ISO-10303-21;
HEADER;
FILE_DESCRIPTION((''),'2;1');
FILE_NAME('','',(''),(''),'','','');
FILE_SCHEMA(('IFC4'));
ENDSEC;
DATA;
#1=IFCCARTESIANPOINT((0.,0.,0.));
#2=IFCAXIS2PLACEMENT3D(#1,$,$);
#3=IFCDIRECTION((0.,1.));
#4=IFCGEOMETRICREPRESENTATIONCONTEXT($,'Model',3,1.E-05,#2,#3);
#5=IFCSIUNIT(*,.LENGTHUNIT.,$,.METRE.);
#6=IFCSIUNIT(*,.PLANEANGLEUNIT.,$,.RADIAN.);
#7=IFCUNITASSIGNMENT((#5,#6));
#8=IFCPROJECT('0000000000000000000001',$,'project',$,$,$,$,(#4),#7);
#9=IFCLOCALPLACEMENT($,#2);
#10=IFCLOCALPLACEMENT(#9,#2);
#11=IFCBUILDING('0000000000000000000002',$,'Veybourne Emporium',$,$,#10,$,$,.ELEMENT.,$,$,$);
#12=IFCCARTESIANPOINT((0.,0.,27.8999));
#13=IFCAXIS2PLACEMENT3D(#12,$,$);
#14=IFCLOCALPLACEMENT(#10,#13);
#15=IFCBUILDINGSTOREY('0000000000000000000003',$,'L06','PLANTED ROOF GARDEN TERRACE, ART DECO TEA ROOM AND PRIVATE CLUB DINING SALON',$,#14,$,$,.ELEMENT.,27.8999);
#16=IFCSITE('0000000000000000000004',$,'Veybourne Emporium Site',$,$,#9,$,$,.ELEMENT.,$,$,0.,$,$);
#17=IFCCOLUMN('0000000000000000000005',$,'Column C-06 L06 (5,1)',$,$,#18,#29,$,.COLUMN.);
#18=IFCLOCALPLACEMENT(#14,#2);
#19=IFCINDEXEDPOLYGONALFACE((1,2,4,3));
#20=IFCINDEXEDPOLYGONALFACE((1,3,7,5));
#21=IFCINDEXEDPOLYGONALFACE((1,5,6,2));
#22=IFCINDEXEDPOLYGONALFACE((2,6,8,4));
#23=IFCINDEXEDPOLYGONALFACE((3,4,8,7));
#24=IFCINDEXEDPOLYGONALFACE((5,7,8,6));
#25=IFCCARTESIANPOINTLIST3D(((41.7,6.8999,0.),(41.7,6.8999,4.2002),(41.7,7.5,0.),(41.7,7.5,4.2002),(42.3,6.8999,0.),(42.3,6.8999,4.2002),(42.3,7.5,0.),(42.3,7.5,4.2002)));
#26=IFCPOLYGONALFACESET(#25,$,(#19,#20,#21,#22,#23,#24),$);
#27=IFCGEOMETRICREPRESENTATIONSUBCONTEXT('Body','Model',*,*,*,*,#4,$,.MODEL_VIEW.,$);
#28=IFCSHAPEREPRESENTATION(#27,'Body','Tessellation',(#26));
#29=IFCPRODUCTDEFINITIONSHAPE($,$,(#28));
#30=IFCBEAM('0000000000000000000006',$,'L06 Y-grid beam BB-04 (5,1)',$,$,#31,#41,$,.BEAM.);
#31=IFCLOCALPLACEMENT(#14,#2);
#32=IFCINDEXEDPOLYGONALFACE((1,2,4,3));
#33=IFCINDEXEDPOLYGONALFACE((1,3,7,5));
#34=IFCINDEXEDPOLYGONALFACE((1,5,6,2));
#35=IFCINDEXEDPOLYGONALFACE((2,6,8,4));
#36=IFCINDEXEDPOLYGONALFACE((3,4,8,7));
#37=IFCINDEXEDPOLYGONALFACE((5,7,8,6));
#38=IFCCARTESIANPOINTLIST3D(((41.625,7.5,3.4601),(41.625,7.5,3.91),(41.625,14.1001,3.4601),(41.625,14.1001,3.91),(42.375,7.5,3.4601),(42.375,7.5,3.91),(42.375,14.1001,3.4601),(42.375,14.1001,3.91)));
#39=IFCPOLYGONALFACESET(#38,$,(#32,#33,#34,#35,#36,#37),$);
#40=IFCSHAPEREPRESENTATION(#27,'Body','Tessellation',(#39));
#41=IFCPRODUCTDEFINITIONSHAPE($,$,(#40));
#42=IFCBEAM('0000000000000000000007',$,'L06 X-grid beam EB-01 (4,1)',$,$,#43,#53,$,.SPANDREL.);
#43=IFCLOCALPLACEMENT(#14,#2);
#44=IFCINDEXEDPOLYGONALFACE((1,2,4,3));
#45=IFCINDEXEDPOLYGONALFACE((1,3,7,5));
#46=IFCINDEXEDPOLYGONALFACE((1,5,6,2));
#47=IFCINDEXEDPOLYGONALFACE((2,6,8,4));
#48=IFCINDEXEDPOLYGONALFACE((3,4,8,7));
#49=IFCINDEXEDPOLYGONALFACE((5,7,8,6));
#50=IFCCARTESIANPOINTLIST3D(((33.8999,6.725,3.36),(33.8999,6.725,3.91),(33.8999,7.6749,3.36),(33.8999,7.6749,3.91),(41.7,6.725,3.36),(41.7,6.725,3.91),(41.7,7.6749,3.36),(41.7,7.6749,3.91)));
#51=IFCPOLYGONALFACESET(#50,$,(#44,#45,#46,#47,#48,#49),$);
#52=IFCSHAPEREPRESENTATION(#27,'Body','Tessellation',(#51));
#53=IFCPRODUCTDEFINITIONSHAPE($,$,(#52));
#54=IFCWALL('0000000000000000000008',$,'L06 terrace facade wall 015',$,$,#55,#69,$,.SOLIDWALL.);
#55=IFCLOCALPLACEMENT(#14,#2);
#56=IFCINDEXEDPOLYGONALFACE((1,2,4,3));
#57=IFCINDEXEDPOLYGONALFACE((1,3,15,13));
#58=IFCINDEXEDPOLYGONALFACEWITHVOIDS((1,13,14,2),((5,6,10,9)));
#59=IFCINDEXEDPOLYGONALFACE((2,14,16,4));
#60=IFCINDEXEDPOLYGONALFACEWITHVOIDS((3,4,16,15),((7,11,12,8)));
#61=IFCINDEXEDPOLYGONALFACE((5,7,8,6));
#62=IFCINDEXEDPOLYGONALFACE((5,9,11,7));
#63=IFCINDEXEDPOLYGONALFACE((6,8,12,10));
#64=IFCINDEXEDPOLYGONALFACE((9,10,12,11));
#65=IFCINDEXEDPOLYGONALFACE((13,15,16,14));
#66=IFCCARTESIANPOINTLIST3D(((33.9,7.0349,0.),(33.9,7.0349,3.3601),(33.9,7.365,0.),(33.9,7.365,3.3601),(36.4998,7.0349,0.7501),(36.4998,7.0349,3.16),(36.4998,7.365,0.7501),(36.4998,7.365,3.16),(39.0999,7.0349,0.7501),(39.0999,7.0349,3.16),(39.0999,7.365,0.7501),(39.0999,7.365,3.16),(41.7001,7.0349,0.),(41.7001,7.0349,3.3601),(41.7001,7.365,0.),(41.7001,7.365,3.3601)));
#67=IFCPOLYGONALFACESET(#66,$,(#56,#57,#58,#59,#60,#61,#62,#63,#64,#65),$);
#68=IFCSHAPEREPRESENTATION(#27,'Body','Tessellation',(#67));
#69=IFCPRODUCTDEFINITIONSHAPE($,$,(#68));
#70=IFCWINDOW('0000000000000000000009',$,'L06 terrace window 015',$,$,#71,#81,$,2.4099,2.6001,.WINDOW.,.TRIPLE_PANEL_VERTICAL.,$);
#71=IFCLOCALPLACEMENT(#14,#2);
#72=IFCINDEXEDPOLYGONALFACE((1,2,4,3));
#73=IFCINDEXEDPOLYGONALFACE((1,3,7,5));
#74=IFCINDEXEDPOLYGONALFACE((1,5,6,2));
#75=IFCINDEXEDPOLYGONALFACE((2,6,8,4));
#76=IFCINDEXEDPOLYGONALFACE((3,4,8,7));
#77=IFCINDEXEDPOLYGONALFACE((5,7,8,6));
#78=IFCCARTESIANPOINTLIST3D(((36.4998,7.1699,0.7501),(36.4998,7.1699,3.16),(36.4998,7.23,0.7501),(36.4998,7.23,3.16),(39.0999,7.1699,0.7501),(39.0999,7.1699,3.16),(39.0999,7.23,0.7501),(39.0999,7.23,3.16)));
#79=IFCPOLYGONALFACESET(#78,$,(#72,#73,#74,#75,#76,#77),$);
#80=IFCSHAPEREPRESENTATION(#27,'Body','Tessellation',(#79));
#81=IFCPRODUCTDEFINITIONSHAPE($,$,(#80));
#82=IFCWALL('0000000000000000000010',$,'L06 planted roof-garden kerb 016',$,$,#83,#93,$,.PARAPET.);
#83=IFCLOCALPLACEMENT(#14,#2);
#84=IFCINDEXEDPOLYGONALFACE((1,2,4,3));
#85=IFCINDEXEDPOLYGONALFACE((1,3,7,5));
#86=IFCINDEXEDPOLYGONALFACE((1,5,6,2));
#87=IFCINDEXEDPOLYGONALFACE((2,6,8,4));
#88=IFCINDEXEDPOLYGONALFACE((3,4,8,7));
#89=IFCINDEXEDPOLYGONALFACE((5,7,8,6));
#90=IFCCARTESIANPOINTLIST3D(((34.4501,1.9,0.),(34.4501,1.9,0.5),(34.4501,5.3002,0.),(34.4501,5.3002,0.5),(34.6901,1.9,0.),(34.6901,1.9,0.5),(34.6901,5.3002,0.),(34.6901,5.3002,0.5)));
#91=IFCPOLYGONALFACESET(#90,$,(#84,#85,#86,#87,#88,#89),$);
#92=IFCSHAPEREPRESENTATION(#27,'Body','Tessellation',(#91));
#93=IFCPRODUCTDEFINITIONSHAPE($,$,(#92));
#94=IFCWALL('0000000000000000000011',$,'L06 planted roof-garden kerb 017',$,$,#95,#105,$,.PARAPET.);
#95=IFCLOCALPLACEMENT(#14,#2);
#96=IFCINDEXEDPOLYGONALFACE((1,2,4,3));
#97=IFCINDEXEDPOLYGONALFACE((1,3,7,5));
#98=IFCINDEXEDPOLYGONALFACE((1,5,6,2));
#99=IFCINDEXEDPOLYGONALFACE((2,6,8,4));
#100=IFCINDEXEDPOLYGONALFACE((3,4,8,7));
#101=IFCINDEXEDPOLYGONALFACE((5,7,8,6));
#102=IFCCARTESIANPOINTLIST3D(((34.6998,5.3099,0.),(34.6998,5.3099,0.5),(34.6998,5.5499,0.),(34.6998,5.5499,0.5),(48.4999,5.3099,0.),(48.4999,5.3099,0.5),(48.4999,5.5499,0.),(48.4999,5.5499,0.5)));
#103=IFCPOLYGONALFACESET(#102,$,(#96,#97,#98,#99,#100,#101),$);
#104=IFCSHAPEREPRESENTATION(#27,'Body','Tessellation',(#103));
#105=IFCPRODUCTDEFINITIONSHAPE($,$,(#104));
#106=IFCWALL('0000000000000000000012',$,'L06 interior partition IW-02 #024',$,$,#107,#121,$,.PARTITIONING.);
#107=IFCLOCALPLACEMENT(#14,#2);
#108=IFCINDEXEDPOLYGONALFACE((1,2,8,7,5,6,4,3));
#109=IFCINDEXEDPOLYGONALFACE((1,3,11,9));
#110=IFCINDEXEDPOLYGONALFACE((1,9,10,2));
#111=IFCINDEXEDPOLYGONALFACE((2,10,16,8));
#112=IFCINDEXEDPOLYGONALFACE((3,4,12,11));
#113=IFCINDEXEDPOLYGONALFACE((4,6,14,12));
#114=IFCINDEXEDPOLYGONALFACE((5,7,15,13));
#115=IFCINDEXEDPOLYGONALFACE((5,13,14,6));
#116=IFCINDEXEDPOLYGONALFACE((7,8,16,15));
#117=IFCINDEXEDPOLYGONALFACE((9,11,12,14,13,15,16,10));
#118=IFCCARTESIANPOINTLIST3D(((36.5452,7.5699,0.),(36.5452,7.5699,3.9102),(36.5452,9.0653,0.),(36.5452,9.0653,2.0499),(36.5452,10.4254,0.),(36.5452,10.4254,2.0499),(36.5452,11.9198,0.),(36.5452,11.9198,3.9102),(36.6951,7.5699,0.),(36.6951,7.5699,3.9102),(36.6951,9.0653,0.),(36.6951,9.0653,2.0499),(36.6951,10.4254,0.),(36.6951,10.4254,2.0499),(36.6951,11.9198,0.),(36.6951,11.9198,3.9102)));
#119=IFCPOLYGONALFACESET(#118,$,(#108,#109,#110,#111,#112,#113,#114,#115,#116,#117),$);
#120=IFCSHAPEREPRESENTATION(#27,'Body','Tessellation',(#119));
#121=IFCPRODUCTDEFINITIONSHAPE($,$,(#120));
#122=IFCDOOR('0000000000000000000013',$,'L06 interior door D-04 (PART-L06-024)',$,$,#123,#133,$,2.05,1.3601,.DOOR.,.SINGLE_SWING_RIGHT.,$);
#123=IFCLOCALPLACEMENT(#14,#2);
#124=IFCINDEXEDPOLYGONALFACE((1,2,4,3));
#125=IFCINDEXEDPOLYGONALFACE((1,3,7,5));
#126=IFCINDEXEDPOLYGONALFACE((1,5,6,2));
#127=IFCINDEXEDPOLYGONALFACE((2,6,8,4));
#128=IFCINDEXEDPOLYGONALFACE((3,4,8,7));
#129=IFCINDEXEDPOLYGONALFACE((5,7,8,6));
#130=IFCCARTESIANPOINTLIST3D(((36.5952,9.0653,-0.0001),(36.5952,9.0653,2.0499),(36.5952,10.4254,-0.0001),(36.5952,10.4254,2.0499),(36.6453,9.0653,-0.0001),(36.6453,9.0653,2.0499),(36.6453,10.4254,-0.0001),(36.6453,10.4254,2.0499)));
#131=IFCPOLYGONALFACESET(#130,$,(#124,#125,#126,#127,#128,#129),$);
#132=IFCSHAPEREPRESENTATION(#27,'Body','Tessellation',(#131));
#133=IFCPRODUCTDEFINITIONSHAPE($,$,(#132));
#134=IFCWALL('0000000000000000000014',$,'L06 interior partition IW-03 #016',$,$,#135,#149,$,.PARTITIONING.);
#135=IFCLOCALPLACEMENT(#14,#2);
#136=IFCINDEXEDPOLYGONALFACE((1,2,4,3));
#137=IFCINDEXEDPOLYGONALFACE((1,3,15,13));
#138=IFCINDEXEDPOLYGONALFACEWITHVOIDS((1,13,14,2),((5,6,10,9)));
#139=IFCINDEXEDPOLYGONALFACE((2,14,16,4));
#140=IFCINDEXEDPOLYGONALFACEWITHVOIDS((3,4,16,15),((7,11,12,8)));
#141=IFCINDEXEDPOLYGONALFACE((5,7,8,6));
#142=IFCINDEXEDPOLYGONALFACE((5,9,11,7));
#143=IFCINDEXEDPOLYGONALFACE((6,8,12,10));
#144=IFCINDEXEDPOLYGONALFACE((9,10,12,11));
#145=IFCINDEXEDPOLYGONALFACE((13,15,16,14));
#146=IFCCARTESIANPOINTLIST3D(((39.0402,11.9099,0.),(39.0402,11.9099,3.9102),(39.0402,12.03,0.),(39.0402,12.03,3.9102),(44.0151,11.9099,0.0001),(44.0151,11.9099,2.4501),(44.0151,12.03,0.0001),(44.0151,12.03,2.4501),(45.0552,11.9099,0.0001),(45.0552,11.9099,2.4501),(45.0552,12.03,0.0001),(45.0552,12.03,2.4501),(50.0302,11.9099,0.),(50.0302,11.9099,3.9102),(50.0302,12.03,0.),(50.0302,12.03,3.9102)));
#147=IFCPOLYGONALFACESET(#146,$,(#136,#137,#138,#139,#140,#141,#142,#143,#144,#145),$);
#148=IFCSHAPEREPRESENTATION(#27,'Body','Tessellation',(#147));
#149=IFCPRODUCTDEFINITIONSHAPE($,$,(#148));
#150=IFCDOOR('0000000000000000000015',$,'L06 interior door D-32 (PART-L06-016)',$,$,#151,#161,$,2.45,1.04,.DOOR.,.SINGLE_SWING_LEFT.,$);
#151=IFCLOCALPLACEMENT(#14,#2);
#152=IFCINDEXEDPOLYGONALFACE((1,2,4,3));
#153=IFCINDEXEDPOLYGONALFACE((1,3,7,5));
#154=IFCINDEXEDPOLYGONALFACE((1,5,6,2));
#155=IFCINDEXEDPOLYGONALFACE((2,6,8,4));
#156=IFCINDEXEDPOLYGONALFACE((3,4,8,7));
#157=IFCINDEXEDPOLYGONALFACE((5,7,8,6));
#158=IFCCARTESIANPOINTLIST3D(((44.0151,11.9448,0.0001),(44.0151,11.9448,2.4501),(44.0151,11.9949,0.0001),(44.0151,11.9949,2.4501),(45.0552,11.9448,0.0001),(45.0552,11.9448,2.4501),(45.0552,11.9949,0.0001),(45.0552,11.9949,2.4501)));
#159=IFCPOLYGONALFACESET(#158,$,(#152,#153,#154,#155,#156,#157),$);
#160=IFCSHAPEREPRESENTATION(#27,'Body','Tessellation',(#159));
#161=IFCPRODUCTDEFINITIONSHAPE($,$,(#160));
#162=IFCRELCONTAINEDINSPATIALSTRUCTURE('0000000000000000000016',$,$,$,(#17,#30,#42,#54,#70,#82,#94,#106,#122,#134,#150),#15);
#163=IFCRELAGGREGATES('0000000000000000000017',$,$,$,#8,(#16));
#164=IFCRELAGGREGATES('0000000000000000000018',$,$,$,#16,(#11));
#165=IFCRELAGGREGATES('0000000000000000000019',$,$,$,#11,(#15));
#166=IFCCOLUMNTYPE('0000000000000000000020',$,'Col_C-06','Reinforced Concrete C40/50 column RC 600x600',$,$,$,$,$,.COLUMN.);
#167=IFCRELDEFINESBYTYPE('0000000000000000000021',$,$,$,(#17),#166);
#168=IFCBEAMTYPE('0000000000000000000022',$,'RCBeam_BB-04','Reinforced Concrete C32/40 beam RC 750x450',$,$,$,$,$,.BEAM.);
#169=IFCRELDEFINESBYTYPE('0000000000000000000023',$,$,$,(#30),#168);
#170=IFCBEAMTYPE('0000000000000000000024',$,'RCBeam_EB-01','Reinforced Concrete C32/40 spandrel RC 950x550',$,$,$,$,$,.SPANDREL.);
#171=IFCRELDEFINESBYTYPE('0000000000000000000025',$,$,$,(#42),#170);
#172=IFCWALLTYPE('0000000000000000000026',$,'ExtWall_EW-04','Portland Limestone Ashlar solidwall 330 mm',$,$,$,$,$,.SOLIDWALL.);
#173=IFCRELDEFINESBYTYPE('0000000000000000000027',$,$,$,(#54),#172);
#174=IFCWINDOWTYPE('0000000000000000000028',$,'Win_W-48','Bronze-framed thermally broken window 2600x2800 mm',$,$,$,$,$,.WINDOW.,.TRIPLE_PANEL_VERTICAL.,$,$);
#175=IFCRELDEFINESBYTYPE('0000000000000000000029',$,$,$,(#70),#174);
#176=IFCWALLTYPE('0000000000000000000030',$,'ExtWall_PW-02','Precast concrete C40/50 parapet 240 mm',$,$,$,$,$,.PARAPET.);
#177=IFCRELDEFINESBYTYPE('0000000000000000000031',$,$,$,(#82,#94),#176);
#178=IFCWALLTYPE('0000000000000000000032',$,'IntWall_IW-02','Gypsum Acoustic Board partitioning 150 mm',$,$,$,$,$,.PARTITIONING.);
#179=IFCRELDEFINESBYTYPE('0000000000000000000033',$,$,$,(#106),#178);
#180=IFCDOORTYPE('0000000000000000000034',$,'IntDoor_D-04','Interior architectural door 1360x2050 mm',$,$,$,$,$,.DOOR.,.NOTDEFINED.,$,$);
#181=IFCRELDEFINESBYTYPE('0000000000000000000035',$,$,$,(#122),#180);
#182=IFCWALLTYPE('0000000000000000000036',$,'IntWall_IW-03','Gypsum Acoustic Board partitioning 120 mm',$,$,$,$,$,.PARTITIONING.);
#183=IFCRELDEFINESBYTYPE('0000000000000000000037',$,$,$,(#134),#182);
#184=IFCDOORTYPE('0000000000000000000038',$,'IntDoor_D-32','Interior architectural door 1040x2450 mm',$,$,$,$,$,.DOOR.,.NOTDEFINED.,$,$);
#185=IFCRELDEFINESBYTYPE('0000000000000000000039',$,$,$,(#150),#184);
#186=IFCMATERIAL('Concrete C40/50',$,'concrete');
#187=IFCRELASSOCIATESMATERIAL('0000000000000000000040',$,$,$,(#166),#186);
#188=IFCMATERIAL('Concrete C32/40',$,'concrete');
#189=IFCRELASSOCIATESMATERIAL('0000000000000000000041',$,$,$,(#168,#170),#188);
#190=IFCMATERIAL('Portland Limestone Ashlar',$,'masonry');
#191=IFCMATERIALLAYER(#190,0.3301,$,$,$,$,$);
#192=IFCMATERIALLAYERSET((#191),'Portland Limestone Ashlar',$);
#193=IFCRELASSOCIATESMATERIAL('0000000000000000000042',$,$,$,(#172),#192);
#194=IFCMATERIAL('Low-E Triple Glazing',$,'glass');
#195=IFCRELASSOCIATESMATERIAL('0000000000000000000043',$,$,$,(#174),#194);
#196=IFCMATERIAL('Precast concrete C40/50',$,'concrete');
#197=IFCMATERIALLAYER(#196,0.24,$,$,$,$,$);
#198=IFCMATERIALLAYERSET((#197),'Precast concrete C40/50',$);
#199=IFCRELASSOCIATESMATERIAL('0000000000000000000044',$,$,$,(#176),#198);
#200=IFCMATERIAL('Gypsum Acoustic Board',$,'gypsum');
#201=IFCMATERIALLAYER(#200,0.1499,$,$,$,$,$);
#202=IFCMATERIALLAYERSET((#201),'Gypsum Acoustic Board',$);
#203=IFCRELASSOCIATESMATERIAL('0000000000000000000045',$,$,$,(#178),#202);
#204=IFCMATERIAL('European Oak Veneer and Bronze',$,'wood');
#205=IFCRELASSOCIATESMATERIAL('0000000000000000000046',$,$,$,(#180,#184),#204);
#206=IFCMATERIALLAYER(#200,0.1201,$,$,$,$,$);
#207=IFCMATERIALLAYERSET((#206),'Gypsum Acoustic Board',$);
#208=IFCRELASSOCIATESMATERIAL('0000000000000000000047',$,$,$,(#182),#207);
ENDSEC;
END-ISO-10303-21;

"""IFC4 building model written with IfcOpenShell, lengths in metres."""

from ifc_helpers import new_model, si_unit, direction, frame, frame_2d, origin, origin_2d, place, context, subcontext, project, spatial, rectangle, extrude, material, layer, layer_set, material_profile, profile_set, type_object, element, fill, save


model = new_model("IFC4")

# Units and contexts
model_context = context("Model", 3, precision=1e-05, world=origin(), true_north=direction((0.0, 1.0)))
body_context = subcontext(model_context, "Body", "Model", "MODEL_VIEW")
ifc_project = project(units=[si_unit("LENGTHUNIT", "METRE"), si_unit("PLANEANGLEUNIT", "RADIAN")], contexts=[model_context])

# Site, building, storey
site_placement = place(None, origin())
site = spatial("IfcSite", under=ifc_project, at=site_placement, Name="Veybourne Emporium Site", CompositionType="ELEMENT", RefElevation=0.0)
building_placement = place(site_placement, origin())
building = spatial("IfcBuilding", under=site, at=building_placement, Name="Veybourne Emporium", CompositionType="ELEMENT")
storey_placement = place(building_placement, frame((0.0, 0.0, 27.8999)))
storey = spatial("IfcBuildingStorey", under=building, at=storey_placement, Name="L06", Description="PLANTED ROOF GARDEN TERRACE, ART DECO TEA ROOM AND PRIVATE CLUB DINING SALON", CompositionType="ELEMENT", Elevation=27.8999)

# Column
ifc_material_1 = material(Name="Concrete C40/50", Category="concrete")
ifc_material_profile_1 = material_profile(ifc_material_1, rectangle(XDim=0.6001, YDim=0.6001, at=origin_2d()), Name="RC 600x600")
ifc_profile_set_1 = profile_set([ifc_material_profile_1], Name="Concrete C40/50")
column_type = type_object("IfcColumnType", Name="Col_C-06", Description="Reinforced Concrete C40/50 column RC 600x600", PredefinedType="COLUMN", material=ifc_profile_set_1)
column_placement = place(storey_placement, frame((42.0, 7.2, 0.0), z_axis=(0.0, 0.0, 1.0), x_axis=(1.0, 0.0, 0.0)))
element("IfcColumn", 1, at=column_placement, inside=storey, type_object=column_type, Name="Column C-06 L06 (5,1)", PredefinedType="COLUMN", context=body_context, shape_type="SweptSolid", body=[
    extrude(rectangle(XDim=0.6001, YDim=0.6001, at=origin_2d()), origin(), (0.0, 0.0, 1.0), 4.2002),
])

# Beams
ifc_material_2 = material(Name="Concrete C32/40", Category="concrete")
ifc_material_profile_2 = material_profile(ifc_material_2, rectangle(XDim=0.75, YDim=0.45, at=origin_2d()), Name="RC 750x450")
ifc_profile_set_2 = profile_set([ifc_material_profile_2], Name="Concrete C32/40")
beam_type_1 = type_object("IfcBeamType", Name="RCBeam_BB-04", Description="Reinforced Concrete C32/40 beam RC 750x450", PredefinedType="BEAM", material=ifc_profile_set_2)
beam_1_placement = place(storey_placement, frame((42.0, 7.5, 3.6851), z_axis=(0.0, 1.0, 0.0), x_axis=(-1.0, 0.0, 0.0)))
element("IfcBeam", 2, at=beam_1_placement, inside=storey, type_object=beam_type_1, Name="L06 Y-grid beam BB-04 (5,1)", PredefinedType="BEAM", context=body_context, shape_type="SweptSolid", body=[
    extrude(rectangle(XDim=0.75, YDim=0.45, at=origin_2d()), origin(), (0.0, 0.0, 1.0), 6.6001),
])
ifc_material_profile_3 = material_profile(ifc_material_2, rectangle(XDim=0.95, YDim=0.55, at=origin_2d()), Name="RC 950x550")
ifc_profile_set_3 = profile_set([ifc_material_profile_3], Name="Concrete C32/40")
beam_type_2 = type_object("IfcBeamType", Name="RCBeam_EB-01", Description="Reinforced Concrete C32/40 spandrel RC 950x550", PredefinedType="SPANDREL", material=ifc_profile_set_3)
beam_2_placement = place(storey_placement, frame((33.8999, 7.2, 3.635), z_axis=(1.0, 0.0, 0.0), x_axis=(0.0, 1.0, 0.0)))
element("IfcBeam", 3, at=beam_2_placement, inside=storey, type_object=beam_type_2, Name="L06 X-grid beam EB-01 (4,1)", PredefinedType="SPANDREL", context=body_context, shape_type="SweptSolid", body=[
    extrude(rectangle(XDim=0.95, YDim=0.55, at=origin_2d()), origin(), (0.0, 0.0, 1.0), 7.8),
])

# Wall, opening, window
ifc_material_3 = material(Name="Portland Limestone Ashlar", Category="masonry")
ifc_layer_1 = layer(ifc_material_3, 0.3301)
ifc_layer_set_1 = layer_set([ifc_layer_1], Name="Portland Limestone Ashlar")
wall_type_1 = type_object("IfcWallType", Name="ExtWall_EW-04", Description="Portland Limestone Ashlar solidwall 330 mm", PredefinedType="SOLIDWALL", material=ifc_layer_set_1)
wall_1_placement = place(storey_placement, frame((41.7, 7.2, 0.0), z_axis=(0.0, 0.0, 1.0), x_axis=(-1.0, 0.0, 0.0)))
wall_1 = element("IfcWall", 4, at=wall_1_placement, inside=storey, type_object=wall_type_1, Name="L06 terrace facade wall 015", PredefinedType="SOLIDWALL", context=body_context, shape_type="SweptSolid", body=[
    extrude(rectangle(XDim=7.8, YDim=0.3301, at=frame_2d((3.8999, 0.0))), origin(), (0.0, 0.0, 1.0), 3.3601),
])
opening_1_placement = place(wall_1_placement, frame((2.6001, 0.0, 0.75)))
opening_1 = element("IfcOpeningElement", 5, at=opening_1_placement, cuts=wall_1, PredefinedType="OPENING", context=body_context, shape_type="SweptSolid", body=[
    extrude(rectangle(XDim=2.6001, YDim=2.4099, at=frame_2d((1.3, 1.2051))), frame((0.0, 0.1851, 0.0), z_axis=(0.0, -1.0, 0.0), x_axis=(1.0, 0.0, 0.0)), (0.0, 0.0, 1.0), 0.3701),
])
ifc_material_4 = material(Name="Low-E Triple Glazing", Category="glass")
window_type = type_object("IfcWindowType", Name="Win_W-48", Description="Bronze-framed thermally broken window 2600x2800 mm", PartitioningType="TRIPLE_PANEL_VERTICAL", PredefinedType="WINDOW", material=ifc_material_4)
window_placement = place(opening_1_placement, origin())
window = element("IfcWindow", 6, at=window_placement, inside=storey, type_object=window_type, Name="L06 terrace window 015", OverallHeight=2.4099, OverallWidth=2.6001, PartitioningType="TRIPLE_PANEL_VERTICAL", PredefinedType="WINDOW", context=body_context, shape_type="SweptSolid", body=[
    extrude(rectangle(XDim=2.6001, YDim=2.4099, at=frame_2d((1.3, 1.2051))), frame((0.0, 0.03, 0.0), z_axis=(0.0, -1.0, 0.0), x_axis=(1.0, 0.0, 0.0)), (0.0, 0.0, 1.0), 0.0601),
])
fill(opening_1, window)

# Walls
ifc_material_5 = material(Name="Precast concrete C40/50", Category="concrete")
ifc_layer_2 = layer(ifc_material_5, 0.24)
ifc_layer_set_2 = layer_set([ifc_layer_2], Name="Precast concrete C40/50")
wall_type_2 = type_object("IfcWallType", Name="ExtWall_PW-02", Description="Precast concrete C40/50 parapet 240 mm", PredefinedType="PARAPET", material=ifc_layer_set_2)
wall_2_placement = place(storey_placement, frame((34.5701, 1.8999, 0.0), z_axis=(0.0, 0.0, 1.0), x_axis=(0.0, 1.0, 0.0)))
element("IfcWall", 7, at=wall_2_placement, inside=storey, type_object=wall_type_2, Name="L06 planted roof-garden kerb 016", PredefinedType="PARAPET", context=body_context, shape_type="SweptSolid", body=[
    extrude(rectangle(XDim=3.4001, YDim=0.24, at=frame_2d((1.7002, 0.0))), origin(), (0.0, 0.0, 1.0), 0.5),
])
wall_3_placement = place(storey_placement, frame((34.7, 5.4299, 0.0), z_axis=(0.0, 0.0, 1.0), x_axis=(1.0, 0.0, 0.0)))
element("IfcWall", 8, at=wall_3_placement, inside=storey, type_object=wall_type_2, Name="L06 planted roof-garden kerb 017", PredefinedType="PARAPET", context=body_context, shape_type="SweptSolid", body=[
    extrude(rectangle(XDim=13.8, YDim=0.24, at=frame_2d((6.8999, 0.0))), origin(), (0.0, 0.0, 1.0), 0.5),
])

# Walls, openings, doors
ifc_material_6 = material(Name="Gypsum Acoustic Board", Category="gypsum")
ifc_layer_3 = layer(ifc_material_6, 0.1499)
ifc_layer_set_3 = layer_set([ifc_layer_3], Name="Gypsum Acoustic Board")
wall_type_3 = type_object("IfcWallType", Name="IntWall_IW-02", Description="Gypsum Acoustic Board partitioning 150 mm", PredefinedType="PARTITIONING", material=ifc_layer_set_3)
wall_4_placement = place(storey_placement, frame((36.6201, 7.5701, 0.0), z_axis=(0.0, 0.0, 1.0), x_axis=(0.0, 1.0, 0.0)))
wall_4 = element("IfcWall", 9, at=wall_4_placement, inside=storey, type_object=wall_type_3, Name="L06 interior partition IW-02 #024", PredefinedType="PARTITIONING", context=body_context, shape_type="SweptSolid", body=[
    extrude(rectangle(XDim=4.3499, YDim=0.1499, at=frame_2d((2.1748, 0.0))), origin(), (0.0, 0.0, 1.0), 3.9102),
])
opening_2_placement = place(wall_4_placement, frame((1.4951, 0.0, 0.0)))
opening_2 = element("IfcOpeningElement", 10, at=opening_2_placement, cuts=wall_4, PredefinedType="OPENING", context=body_context, shape_type="SweptSolid", body=[
    extrude(rectangle(XDim=1.3601, YDim=2.05, at=frame_2d((0.6802, 1.0249))), frame((0.0, 0.095, 0.0), z_axis=(0.0, -1.0, 0.0), x_axis=(1.0, 0.0, 0.0)), (0.0, 0.0, 1.0), 0.1899),
])
ifc_material_7 = material(Name="European Oak Veneer and Bronze", Category="wood")
door_type_1 = type_object("IfcDoorType", Name="IntDoor_D-04", Description="Interior architectural door 1360x2050 mm", OperationType="NOTDEFINED", PredefinedType="DOOR", material=ifc_material_7)
door_1_placement = place(opening_2_placement, origin())
door_1 = element("IfcDoor", 11, at=door_1_placement, inside=storey, type_object=door_type_1, Name="L06 interior door D-04 (PART-L06-024)", OperationType="SINGLE_SWING_RIGHT", OverallHeight=2.05, OverallWidth=1.3601, PredefinedType="DOOR", context=body_context, shape_type="SweptSolid", body=[
    extrude(rectangle(XDim=1.3601, YDim=2.05, at=frame_2d((0.6802, 1.0249))), frame((0.0, 0.0249, 0.0), z_axis=(0.0, -1.0, 0.0), x_axis=(1.0, 0.0, 0.0)), (0.0, 0.0, 1.0), 0.05),
])
fill(opening_2, door_1)
ifc_layer_4 = layer(ifc_material_6, 0.1201)
ifc_layer_set_4 = layer_set([ifc_layer_4], Name="Gypsum Acoustic Board")
wall_type_4 = type_object("IfcWallType", Name="IntWall_IW-03", Description="Gypsum Acoustic Board partitioning 120 mm", PredefinedType="PARTITIONING", material=ifc_layer_set_4)
wall_5_placement = place(storey_placement, frame((39.04, 11.97, 0.0), z_axis=(0.0, 0.0, 1.0), x_axis=(1.0, 0.0, 0.0)))
wall_5 = element("IfcWall", 12, at=wall_5_placement, inside=storey, type_object=wall_type_4, Name="L06 interior partition IW-03 #016", PredefinedType="PARTITIONING", context=body_context, shape_type="SweptSolid", body=[
    extrude(rectangle(XDim=10.99, YDim=0.1201, at=frame_2d((5.4951, 0.0))), origin(), (0.0, 0.0, 1.0), 3.9102),
])
opening_3_placement = place(wall_5_placement, frame((4.9751, 0.0, 0.0)))
opening_3 = element("IfcOpeningElement", 13, at=opening_3_placement, cuts=wall_5, PredefinedType="OPENING", context=body_context, shape_type="SweptSolid", body=[
    extrude(rectangle(XDim=1.04, YDim=2.45, at=frame_2d((0.52, 1.2251))), frame((0.0, 0.0801, 0.0), z_axis=(0.0, -1.0, 0.0), x_axis=(1.0, 0.0, 0.0)), (0.0, 0.0, 1.0), 0.1602),
])
door_type_2 = type_object("IfcDoorType", Name="IntDoor_D-32", Description="Interior architectural door 1040x2450 mm", OperationType="NOTDEFINED", PredefinedType="DOOR", material=ifc_material_7)
door_2_placement = place(opening_3_placement, origin())
door_2 = element("IfcDoor", 14, at=door_2_placement, inside=storey, type_object=door_type_2, Name="L06 interior door D-32 (PART-L06-016)", OperationType="SINGLE_SWING_LEFT", OverallHeight=2.45, OverallWidth=1.04, PredefinedType="DOOR", context=body_context, shape_type="SweptSolid", body=[
    extrude(rectangle(XDim=1.04, YDim=2.45, at=frame_2d((0.52, 1.2251))), frame((0.0, 0.0249, 0.0), z_axis=(0.0, -1.0, 0.0), x_axis=(1.0, 0.0, 0.0)), (0.0, 0.0, 1.0), 0.05),
])
fill(opening_3, door_2)

save(model, "model.ifc")
